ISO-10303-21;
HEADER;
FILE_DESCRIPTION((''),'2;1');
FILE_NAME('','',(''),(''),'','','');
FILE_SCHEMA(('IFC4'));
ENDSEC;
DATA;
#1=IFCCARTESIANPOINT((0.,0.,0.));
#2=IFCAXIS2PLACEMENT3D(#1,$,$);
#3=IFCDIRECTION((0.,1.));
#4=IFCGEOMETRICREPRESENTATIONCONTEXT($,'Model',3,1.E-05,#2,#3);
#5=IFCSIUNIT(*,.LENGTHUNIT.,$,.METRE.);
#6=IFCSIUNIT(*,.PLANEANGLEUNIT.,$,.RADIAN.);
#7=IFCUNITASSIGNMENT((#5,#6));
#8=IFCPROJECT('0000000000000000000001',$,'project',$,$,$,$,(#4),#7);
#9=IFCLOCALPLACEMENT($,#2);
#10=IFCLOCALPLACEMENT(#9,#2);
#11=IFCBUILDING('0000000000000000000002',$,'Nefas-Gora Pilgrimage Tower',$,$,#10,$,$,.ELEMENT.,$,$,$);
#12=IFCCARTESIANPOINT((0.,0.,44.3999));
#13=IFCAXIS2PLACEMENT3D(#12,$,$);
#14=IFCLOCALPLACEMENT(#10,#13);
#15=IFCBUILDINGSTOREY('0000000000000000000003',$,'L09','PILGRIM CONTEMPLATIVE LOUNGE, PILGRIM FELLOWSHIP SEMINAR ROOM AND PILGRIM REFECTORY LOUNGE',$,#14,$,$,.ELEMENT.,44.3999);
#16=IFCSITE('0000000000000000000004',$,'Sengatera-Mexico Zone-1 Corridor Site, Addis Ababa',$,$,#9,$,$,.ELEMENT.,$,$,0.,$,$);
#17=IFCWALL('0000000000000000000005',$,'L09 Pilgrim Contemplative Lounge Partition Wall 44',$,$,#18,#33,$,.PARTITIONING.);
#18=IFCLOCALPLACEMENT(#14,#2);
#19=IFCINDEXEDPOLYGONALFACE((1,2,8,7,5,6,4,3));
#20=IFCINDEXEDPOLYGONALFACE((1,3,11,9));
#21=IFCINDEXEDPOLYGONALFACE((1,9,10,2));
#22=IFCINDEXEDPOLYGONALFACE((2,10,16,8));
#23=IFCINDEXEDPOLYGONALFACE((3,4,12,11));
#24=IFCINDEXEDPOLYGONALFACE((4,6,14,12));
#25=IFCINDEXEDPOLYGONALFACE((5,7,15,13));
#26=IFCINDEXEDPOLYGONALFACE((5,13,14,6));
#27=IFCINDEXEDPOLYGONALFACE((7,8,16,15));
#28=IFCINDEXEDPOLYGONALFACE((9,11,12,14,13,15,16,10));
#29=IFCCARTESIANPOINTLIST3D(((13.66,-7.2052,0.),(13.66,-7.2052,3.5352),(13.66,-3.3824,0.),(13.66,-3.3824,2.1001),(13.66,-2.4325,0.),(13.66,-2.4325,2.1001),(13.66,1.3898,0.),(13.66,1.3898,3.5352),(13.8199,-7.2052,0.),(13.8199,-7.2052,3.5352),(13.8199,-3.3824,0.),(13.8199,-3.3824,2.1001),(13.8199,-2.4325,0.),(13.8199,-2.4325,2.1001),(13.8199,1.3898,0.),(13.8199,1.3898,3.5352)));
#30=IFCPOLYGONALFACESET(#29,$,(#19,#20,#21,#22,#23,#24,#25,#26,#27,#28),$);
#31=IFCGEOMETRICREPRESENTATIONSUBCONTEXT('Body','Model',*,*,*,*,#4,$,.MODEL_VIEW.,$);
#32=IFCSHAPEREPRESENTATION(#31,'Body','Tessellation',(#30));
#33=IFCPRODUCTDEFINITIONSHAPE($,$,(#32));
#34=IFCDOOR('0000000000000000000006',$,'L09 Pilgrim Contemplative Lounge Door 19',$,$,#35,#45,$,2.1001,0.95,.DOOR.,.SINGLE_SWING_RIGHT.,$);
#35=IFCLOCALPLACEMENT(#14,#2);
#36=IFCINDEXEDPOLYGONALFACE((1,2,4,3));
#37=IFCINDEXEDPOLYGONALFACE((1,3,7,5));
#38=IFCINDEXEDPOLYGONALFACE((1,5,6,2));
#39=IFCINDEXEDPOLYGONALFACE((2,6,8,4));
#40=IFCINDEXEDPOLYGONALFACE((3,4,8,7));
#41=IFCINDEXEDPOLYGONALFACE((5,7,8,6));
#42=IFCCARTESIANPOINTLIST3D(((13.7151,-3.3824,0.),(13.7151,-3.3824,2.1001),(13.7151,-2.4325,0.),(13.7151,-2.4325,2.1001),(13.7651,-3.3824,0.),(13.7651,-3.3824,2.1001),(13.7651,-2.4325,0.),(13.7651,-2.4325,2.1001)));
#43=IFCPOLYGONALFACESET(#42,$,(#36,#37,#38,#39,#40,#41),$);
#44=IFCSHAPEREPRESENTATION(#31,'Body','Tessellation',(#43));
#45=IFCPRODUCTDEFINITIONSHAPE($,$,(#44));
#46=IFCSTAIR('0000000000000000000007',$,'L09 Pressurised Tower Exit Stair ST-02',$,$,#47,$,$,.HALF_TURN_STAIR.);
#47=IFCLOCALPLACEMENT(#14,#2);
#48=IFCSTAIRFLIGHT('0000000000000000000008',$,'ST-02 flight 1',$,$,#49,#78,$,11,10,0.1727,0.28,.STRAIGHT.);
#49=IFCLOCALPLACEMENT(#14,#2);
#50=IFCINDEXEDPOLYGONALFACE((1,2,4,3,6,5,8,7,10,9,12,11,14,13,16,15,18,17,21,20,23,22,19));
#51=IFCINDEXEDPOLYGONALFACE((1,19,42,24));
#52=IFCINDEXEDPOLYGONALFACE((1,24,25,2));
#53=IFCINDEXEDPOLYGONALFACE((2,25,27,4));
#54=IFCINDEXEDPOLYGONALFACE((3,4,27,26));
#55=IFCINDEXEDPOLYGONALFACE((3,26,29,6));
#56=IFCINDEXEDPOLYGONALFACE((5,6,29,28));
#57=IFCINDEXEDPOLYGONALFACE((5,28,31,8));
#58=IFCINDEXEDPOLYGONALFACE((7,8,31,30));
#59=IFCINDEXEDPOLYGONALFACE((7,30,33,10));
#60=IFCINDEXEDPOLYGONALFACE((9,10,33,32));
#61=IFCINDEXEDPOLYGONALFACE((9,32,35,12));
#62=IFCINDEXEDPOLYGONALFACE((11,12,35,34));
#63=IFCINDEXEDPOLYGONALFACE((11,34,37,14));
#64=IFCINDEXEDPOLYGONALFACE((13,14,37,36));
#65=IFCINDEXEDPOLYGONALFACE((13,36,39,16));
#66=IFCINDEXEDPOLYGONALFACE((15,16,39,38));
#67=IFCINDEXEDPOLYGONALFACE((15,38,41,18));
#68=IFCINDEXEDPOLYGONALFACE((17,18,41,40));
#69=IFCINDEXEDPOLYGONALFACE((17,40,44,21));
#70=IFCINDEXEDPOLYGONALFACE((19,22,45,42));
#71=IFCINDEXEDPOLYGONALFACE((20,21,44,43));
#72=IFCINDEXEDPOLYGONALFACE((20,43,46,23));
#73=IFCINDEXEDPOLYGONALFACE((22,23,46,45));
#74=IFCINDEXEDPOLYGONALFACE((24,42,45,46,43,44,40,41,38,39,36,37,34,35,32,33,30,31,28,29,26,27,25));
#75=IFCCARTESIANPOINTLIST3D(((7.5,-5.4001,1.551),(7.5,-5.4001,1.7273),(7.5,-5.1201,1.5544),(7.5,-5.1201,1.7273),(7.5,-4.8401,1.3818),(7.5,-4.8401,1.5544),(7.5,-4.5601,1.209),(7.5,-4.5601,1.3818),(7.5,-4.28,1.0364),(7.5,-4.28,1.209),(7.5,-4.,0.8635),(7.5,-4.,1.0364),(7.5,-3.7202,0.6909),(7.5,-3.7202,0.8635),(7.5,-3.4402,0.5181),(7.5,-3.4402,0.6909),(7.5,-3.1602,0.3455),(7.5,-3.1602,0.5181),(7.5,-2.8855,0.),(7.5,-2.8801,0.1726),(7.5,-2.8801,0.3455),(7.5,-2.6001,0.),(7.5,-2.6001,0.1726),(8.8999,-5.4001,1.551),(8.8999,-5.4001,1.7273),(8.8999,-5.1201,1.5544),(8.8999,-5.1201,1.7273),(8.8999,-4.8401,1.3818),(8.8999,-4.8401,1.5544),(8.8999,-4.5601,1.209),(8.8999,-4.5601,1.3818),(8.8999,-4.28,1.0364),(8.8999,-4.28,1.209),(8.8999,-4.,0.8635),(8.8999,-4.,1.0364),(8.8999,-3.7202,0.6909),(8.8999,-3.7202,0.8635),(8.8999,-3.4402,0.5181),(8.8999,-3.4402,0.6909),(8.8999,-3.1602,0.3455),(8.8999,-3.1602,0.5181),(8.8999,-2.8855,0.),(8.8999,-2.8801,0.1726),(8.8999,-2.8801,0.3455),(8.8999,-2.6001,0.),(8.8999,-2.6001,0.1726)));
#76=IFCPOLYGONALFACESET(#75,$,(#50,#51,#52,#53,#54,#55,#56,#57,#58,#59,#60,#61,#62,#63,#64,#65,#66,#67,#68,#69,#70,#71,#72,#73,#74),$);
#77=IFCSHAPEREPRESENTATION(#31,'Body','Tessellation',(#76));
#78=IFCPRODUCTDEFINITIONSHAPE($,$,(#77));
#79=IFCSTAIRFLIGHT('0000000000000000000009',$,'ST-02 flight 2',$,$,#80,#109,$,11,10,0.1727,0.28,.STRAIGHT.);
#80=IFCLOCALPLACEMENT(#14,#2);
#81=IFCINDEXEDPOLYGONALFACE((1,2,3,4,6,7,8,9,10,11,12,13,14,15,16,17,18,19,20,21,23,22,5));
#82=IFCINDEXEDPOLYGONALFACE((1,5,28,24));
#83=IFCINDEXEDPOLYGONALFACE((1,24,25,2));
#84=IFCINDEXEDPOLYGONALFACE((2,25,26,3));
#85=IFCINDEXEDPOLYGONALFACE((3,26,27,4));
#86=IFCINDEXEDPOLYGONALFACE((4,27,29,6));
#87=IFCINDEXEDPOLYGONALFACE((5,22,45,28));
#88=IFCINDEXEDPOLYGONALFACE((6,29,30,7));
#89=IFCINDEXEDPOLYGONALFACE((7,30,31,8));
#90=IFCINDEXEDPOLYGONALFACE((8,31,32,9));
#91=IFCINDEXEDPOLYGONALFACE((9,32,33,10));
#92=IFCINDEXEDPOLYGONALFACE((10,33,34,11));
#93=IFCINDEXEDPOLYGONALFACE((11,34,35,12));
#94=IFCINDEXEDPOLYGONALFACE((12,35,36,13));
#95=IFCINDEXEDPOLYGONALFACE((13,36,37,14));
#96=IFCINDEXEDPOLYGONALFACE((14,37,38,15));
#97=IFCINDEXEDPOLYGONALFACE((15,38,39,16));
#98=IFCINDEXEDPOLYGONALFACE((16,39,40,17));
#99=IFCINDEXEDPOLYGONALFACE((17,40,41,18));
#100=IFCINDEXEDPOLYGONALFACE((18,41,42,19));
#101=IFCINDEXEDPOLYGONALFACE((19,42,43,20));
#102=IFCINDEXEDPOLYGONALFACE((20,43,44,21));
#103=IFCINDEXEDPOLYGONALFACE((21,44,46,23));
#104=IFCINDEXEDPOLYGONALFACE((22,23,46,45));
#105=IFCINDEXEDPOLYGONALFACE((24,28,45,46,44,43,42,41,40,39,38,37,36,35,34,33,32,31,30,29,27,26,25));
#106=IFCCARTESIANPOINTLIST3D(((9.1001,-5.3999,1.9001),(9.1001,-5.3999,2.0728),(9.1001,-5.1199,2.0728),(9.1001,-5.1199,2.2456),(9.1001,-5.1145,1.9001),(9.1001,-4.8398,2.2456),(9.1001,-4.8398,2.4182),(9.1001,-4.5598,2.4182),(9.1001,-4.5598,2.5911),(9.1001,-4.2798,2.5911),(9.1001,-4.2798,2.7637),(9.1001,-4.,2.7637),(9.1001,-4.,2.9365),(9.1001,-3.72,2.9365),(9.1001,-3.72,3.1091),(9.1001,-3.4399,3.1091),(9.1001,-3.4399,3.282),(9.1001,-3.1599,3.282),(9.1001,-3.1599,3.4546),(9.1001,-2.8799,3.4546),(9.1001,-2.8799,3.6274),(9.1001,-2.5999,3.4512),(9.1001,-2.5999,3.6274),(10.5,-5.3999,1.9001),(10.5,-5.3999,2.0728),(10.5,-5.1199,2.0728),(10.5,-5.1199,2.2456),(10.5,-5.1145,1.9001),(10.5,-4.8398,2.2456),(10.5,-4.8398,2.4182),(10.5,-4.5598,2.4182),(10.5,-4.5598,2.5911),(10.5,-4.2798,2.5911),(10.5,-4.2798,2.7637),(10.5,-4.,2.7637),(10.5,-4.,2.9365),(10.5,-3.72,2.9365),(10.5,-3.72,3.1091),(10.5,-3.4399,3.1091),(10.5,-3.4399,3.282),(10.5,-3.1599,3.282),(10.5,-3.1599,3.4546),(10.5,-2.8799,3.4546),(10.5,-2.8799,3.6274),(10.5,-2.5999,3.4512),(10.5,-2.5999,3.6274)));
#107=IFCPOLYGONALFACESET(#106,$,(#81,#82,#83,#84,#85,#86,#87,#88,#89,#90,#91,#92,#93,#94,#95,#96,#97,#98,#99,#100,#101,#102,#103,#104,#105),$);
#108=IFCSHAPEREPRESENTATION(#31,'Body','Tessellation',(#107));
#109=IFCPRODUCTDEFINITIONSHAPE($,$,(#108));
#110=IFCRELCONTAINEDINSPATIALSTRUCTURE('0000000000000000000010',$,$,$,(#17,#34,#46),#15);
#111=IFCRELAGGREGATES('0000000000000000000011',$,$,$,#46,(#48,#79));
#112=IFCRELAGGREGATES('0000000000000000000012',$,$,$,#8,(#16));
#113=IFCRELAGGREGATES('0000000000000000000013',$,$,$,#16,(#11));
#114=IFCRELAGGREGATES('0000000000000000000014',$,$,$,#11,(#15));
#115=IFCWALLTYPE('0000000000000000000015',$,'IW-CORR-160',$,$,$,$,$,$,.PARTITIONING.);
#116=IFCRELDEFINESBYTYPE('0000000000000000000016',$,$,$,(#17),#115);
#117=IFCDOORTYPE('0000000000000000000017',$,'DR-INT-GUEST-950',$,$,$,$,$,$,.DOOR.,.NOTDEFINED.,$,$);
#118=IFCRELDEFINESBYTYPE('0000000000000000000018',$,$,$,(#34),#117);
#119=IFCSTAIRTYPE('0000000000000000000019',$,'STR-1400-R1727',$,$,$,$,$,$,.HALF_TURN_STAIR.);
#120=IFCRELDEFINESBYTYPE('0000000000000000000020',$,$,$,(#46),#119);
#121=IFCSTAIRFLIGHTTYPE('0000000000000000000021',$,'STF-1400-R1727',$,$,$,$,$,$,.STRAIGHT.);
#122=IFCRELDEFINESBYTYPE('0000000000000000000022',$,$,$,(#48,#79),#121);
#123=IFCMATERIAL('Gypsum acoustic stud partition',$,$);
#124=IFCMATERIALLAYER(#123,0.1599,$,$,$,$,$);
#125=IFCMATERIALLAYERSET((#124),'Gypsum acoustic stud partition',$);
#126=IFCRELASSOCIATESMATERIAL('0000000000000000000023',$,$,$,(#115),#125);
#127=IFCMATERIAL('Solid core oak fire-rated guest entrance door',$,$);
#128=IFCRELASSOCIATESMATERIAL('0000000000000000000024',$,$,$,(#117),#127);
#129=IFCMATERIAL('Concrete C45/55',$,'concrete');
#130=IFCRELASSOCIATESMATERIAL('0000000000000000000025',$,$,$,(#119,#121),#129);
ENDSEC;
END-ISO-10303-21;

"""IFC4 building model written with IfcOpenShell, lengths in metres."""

from ifc_helpers import new_model, si_unit, direction, frame, frame_2d, origin, place, context, subcontext, project, spatial, polyline, rectangle, outline, extrude, source, transform, mapped, material, layer, layer_set, type_object, element, fill, aggregate, save


model = new_model("IFC4")

# Units and contexts
model_context = context("Model", 3, precision=1e-05, world=origin(), true_north=direction((0.0, 1.0)))
body_context = subcontext(model_context, "Body", "Model", "MODEL_VIEW")
ifc_project = project(units=[si_unit("LENGTHUNIT", "METRE"), si_unit("PLANEANGLEUNIT", "RADIAN")], contexts=[model_context])

# Site, building, storey
site_placement = place(None, origin())
site = spatial("IfcSite", under=ifc_project, at=site_placement, Name="Sengatera-Mexico Zone-1 Corridor Site, Addis Ababa", CompositionType="ELEMENT", RefElevation=0.0)
building_placement = place(site_placement, origin())
building = spatial("IfcBuilding", under=site, at=building_placement, Name="Nefas-Gora Pilgrimage Tower", CompositionType="ELEMENT")
storey_placement = place(building_placement, frame((0.0, 0.0, 44.3999)))
storey = spatial("IfcBuildingStorey", under=building, at=storey_placement, Name="L09", Description="PILGRIM CONTEMPLATIVE LOUNGE, PILGRIM FELLOWSHIP SEMINAR ROOM AND PILGRIM REFECTORY LOUNGE", CompositionType="ELEMENT", Elevation=44.3999)

# Shared definitions
ifc_material_1 = material(Name="Concrete C45/55", Category="concrete")

# Wall, opening, door
ifc_material_2 = material(Name="Gypsum acoustic stud partition")
ifc_layer_1 = layer(ifc_material_2, 0.1599)
ifc_layer_set_1 = layer_set([ifc_layer_1], Name="Gypsum acoustic stud partition")
wall_type_1 = type_object("IfcWallType", Name="IW-CORR-160", PredefinedType="PARTITIONING", material=ifc_layer_set_1)
shared_shape_1 = source(origin(), body_context, "Body", "SweptSolid", [
    extrude(rectangle(XDim=8.595, YDim=0.1599, at=frame_2d((4.2974, 0.0))), origin(), (0.0, 0.0, 1.0), 3.5352),
])
wall_1_placement = place(storey_placement, frame((13.74, -7.2051, 0.0), z_axis=(0.0, 0.0, 1.0), x_axis=(0.0, 1.0, 0.0)))
wall_1 = element("IfcWall", 1, at=wall_1_placement, inside=storey, type_object=wall_type_1, Name="L09 Pilgrim Contemplative Lounge Partition Wall 44", PredefinedType="PARTITIONING", context=body_context, shape_type="MappedRepresentation", body=[
    mapped(shared_shape_1, transform((0.0, 0.0, 0.0), x_axis=(1.0, 0.0, 0.0), y_axis=(0.0, 1.0, 0.0), z_axis=(0.0, 0.0, 1.0), scale=1.0)),
])
opening_1_placement = place(wall_1_placement, frame((3.8225, 0.0, 0.0)))
opening_1 = element("IfcOpeningElement", 2, at=opening_1_placement, cuts=wall_1, PredefinedType="OPENING", context=body_context, shape_type="SweptSolid", body=[
    extrude(rectangle(XDim=0.95, YDim=2.1001, at=frame_2d((0.4751, 1.05))), frame((0.0, 0.0898, 0.0), z_axis=(0.0, -1.0, 0.0), x_axis=(1.0, 0.0, 0.0)), (0.0, 0.0, 1.0), 0.1799),
])
ifc_material_3 = material(Name="Solid core oak fire-rated guest entrance door")
door_type_1 = type_object("IfcDoorType", Name="DR-INT-GUEST-950", OperationType="NOTDEFINED", PredefinedType="DOOR", material=ifc_material_3)
shared_shape_2 = source(origin(), body_context, "Body", "SweptSolid", [
    extrude(rectangle(XDim=0.95, YDim=2.1001, at=frame_2d((0.4751, 1.05))), frame((0.0, 0.0249, 0.0), z_axis=(0.0, -1.0, 0.0), x_axis=(1.0, 0.0, 0.0)), (0.0, 0.0, 1.0), 0.05),
])
door_1_placement = place(opening_1_placement, origin())
door_1 = element("IfcDoor", 3, at=door_1_placement, inside=storey, type_object=door_type_1, Name="L09 Pilgrim Contemplative Lounge Door 19", OperationType="SINGLE_SWING_RIGHT", OverallHeight=2.1001, OverallWidth=0.95, PredefinedType="DOOR", context=body_context, shape_type="MappedRepresentation", body=[
    mapped(shared_shape_2, transform((0.0, 0.0, 0.0), x_axis=(1.0, 0.0, 0.0), y_axis=(0.0, 1.0, 0.0), z_axis=(0.0, 0.0, 1.0), scale=1.0)),
])
fill(opening_1, door_1)

# Stair, stair flights
stair_type = type_object("IfcStairType", Name="STR-1400-R1727", PredefinedType="HALF_TURN_STAIR", material=ifc_material_1)
stair_placement = place(storey_placement, origin())
stair = element("IfcStair", 4, at=stair_placement, inside=storey, type_object=stair_type, Name="L09 Pressurised Tower Exit Stair ST-02", PredefinedType="HALF_TURN_STAIR")
stair_flight_type = type_object("IfcStairFlightType", Name="STF-1400-R1727", PredefinedType="STRAIGHT", material=ifc_material_1)
shared_shape_3 = source(origin(), body_context, "Body", "SweptSolid", [
    extrude(outline(polyline([(0.0, 0.0), (0.0, 0.1726), (0.28, 0.1726), (0.28, 0.3455), (0.5601, 0.3455), (0.5601, 0.5181), (0.8401, 0.5181), (0.8401, 0.6909), (1.1201, 0.6909), (1.1201, 0.8635), (1.3999, 0.8635), (1.3999, 1.0364), (1.6799, 1.0364), (1.6799, 1.209), (1.96, 1.209), (1.96, 1.3818), (2.24, 1.3818), (2.24, 1.5544), (2.52, 1.5544), (2.52, 1.7273), (2.8, 1.7273), (2.8, 1.8999), (2.8, 1.551), (0.2854, 0.0), (0.0, 0.0)])), frame((0.0, 0.7, 0.0), z_axis=(0.0, -1.0, 0.0), x_axis=(1.0, 0.0, 0.0)), (0.0, 0.0, 1.0), 1.3999),
])
stair_flight_1_placement = place(storey_placement, frame((8.2, -2.6001, 0.0), z_axis=(0.0, 0.0, 1.0), x_axis=(0.0, -1.0, 0.0)))
stair_flight_1 = element("IfcStairFlight", 5, at=stair_flight_1_placement, type_object=stair_flight_type, Name="ST-02 flight 1", NumberOfRisers=11, NumberOfTreads=10, PredefinedType="STRAIGHT", RiserHeight=0.1727, TreadLength=0.28, context=body_context, shape_type="MappedRepresentation", body=[
    mapped(shared_shape_3, transform((0.0, 0.0, 0.0), x_axis=(1.0, 0.0, 0.0), y_axis=(0.0, 1.0, 0.0), z_axis=(0.0, 0.0, 1.0), scale=1.0)),
])
stair_flight_2_placement = place(storey_placement, frame((9.8, -5.3999, 1.9001), z_axis=(0.0, 0.0, 1.0), x_axis=(0.0, 1.0, 0.0)))
stair_flight_2 = element("IfcStairFlight", 6, at=stair_flight_2_placement, type_object=stair_flight_type, Name="ST-02 flight 2", NumberOfRisers=11, NumberOfTreads=10, PredefinedType="STRAIGHT", RiserHeight=0.1727, TreadLength=0.28, context=body_context, shape_type="MappedRepresentation", body=[
    mapped(shared_shape_3, transform((0.0, 0.0, 0.0), x_axis=(1.0, 0.0, 0.0), y_axis=(0.0, 1.0, 0.0), z_axis=(0.0, 0.0, 1.0), scale=1.0)),
])
aggregate(stair, [stair_flight_1, stair_flight_2])

save(model, "model.ifc")
